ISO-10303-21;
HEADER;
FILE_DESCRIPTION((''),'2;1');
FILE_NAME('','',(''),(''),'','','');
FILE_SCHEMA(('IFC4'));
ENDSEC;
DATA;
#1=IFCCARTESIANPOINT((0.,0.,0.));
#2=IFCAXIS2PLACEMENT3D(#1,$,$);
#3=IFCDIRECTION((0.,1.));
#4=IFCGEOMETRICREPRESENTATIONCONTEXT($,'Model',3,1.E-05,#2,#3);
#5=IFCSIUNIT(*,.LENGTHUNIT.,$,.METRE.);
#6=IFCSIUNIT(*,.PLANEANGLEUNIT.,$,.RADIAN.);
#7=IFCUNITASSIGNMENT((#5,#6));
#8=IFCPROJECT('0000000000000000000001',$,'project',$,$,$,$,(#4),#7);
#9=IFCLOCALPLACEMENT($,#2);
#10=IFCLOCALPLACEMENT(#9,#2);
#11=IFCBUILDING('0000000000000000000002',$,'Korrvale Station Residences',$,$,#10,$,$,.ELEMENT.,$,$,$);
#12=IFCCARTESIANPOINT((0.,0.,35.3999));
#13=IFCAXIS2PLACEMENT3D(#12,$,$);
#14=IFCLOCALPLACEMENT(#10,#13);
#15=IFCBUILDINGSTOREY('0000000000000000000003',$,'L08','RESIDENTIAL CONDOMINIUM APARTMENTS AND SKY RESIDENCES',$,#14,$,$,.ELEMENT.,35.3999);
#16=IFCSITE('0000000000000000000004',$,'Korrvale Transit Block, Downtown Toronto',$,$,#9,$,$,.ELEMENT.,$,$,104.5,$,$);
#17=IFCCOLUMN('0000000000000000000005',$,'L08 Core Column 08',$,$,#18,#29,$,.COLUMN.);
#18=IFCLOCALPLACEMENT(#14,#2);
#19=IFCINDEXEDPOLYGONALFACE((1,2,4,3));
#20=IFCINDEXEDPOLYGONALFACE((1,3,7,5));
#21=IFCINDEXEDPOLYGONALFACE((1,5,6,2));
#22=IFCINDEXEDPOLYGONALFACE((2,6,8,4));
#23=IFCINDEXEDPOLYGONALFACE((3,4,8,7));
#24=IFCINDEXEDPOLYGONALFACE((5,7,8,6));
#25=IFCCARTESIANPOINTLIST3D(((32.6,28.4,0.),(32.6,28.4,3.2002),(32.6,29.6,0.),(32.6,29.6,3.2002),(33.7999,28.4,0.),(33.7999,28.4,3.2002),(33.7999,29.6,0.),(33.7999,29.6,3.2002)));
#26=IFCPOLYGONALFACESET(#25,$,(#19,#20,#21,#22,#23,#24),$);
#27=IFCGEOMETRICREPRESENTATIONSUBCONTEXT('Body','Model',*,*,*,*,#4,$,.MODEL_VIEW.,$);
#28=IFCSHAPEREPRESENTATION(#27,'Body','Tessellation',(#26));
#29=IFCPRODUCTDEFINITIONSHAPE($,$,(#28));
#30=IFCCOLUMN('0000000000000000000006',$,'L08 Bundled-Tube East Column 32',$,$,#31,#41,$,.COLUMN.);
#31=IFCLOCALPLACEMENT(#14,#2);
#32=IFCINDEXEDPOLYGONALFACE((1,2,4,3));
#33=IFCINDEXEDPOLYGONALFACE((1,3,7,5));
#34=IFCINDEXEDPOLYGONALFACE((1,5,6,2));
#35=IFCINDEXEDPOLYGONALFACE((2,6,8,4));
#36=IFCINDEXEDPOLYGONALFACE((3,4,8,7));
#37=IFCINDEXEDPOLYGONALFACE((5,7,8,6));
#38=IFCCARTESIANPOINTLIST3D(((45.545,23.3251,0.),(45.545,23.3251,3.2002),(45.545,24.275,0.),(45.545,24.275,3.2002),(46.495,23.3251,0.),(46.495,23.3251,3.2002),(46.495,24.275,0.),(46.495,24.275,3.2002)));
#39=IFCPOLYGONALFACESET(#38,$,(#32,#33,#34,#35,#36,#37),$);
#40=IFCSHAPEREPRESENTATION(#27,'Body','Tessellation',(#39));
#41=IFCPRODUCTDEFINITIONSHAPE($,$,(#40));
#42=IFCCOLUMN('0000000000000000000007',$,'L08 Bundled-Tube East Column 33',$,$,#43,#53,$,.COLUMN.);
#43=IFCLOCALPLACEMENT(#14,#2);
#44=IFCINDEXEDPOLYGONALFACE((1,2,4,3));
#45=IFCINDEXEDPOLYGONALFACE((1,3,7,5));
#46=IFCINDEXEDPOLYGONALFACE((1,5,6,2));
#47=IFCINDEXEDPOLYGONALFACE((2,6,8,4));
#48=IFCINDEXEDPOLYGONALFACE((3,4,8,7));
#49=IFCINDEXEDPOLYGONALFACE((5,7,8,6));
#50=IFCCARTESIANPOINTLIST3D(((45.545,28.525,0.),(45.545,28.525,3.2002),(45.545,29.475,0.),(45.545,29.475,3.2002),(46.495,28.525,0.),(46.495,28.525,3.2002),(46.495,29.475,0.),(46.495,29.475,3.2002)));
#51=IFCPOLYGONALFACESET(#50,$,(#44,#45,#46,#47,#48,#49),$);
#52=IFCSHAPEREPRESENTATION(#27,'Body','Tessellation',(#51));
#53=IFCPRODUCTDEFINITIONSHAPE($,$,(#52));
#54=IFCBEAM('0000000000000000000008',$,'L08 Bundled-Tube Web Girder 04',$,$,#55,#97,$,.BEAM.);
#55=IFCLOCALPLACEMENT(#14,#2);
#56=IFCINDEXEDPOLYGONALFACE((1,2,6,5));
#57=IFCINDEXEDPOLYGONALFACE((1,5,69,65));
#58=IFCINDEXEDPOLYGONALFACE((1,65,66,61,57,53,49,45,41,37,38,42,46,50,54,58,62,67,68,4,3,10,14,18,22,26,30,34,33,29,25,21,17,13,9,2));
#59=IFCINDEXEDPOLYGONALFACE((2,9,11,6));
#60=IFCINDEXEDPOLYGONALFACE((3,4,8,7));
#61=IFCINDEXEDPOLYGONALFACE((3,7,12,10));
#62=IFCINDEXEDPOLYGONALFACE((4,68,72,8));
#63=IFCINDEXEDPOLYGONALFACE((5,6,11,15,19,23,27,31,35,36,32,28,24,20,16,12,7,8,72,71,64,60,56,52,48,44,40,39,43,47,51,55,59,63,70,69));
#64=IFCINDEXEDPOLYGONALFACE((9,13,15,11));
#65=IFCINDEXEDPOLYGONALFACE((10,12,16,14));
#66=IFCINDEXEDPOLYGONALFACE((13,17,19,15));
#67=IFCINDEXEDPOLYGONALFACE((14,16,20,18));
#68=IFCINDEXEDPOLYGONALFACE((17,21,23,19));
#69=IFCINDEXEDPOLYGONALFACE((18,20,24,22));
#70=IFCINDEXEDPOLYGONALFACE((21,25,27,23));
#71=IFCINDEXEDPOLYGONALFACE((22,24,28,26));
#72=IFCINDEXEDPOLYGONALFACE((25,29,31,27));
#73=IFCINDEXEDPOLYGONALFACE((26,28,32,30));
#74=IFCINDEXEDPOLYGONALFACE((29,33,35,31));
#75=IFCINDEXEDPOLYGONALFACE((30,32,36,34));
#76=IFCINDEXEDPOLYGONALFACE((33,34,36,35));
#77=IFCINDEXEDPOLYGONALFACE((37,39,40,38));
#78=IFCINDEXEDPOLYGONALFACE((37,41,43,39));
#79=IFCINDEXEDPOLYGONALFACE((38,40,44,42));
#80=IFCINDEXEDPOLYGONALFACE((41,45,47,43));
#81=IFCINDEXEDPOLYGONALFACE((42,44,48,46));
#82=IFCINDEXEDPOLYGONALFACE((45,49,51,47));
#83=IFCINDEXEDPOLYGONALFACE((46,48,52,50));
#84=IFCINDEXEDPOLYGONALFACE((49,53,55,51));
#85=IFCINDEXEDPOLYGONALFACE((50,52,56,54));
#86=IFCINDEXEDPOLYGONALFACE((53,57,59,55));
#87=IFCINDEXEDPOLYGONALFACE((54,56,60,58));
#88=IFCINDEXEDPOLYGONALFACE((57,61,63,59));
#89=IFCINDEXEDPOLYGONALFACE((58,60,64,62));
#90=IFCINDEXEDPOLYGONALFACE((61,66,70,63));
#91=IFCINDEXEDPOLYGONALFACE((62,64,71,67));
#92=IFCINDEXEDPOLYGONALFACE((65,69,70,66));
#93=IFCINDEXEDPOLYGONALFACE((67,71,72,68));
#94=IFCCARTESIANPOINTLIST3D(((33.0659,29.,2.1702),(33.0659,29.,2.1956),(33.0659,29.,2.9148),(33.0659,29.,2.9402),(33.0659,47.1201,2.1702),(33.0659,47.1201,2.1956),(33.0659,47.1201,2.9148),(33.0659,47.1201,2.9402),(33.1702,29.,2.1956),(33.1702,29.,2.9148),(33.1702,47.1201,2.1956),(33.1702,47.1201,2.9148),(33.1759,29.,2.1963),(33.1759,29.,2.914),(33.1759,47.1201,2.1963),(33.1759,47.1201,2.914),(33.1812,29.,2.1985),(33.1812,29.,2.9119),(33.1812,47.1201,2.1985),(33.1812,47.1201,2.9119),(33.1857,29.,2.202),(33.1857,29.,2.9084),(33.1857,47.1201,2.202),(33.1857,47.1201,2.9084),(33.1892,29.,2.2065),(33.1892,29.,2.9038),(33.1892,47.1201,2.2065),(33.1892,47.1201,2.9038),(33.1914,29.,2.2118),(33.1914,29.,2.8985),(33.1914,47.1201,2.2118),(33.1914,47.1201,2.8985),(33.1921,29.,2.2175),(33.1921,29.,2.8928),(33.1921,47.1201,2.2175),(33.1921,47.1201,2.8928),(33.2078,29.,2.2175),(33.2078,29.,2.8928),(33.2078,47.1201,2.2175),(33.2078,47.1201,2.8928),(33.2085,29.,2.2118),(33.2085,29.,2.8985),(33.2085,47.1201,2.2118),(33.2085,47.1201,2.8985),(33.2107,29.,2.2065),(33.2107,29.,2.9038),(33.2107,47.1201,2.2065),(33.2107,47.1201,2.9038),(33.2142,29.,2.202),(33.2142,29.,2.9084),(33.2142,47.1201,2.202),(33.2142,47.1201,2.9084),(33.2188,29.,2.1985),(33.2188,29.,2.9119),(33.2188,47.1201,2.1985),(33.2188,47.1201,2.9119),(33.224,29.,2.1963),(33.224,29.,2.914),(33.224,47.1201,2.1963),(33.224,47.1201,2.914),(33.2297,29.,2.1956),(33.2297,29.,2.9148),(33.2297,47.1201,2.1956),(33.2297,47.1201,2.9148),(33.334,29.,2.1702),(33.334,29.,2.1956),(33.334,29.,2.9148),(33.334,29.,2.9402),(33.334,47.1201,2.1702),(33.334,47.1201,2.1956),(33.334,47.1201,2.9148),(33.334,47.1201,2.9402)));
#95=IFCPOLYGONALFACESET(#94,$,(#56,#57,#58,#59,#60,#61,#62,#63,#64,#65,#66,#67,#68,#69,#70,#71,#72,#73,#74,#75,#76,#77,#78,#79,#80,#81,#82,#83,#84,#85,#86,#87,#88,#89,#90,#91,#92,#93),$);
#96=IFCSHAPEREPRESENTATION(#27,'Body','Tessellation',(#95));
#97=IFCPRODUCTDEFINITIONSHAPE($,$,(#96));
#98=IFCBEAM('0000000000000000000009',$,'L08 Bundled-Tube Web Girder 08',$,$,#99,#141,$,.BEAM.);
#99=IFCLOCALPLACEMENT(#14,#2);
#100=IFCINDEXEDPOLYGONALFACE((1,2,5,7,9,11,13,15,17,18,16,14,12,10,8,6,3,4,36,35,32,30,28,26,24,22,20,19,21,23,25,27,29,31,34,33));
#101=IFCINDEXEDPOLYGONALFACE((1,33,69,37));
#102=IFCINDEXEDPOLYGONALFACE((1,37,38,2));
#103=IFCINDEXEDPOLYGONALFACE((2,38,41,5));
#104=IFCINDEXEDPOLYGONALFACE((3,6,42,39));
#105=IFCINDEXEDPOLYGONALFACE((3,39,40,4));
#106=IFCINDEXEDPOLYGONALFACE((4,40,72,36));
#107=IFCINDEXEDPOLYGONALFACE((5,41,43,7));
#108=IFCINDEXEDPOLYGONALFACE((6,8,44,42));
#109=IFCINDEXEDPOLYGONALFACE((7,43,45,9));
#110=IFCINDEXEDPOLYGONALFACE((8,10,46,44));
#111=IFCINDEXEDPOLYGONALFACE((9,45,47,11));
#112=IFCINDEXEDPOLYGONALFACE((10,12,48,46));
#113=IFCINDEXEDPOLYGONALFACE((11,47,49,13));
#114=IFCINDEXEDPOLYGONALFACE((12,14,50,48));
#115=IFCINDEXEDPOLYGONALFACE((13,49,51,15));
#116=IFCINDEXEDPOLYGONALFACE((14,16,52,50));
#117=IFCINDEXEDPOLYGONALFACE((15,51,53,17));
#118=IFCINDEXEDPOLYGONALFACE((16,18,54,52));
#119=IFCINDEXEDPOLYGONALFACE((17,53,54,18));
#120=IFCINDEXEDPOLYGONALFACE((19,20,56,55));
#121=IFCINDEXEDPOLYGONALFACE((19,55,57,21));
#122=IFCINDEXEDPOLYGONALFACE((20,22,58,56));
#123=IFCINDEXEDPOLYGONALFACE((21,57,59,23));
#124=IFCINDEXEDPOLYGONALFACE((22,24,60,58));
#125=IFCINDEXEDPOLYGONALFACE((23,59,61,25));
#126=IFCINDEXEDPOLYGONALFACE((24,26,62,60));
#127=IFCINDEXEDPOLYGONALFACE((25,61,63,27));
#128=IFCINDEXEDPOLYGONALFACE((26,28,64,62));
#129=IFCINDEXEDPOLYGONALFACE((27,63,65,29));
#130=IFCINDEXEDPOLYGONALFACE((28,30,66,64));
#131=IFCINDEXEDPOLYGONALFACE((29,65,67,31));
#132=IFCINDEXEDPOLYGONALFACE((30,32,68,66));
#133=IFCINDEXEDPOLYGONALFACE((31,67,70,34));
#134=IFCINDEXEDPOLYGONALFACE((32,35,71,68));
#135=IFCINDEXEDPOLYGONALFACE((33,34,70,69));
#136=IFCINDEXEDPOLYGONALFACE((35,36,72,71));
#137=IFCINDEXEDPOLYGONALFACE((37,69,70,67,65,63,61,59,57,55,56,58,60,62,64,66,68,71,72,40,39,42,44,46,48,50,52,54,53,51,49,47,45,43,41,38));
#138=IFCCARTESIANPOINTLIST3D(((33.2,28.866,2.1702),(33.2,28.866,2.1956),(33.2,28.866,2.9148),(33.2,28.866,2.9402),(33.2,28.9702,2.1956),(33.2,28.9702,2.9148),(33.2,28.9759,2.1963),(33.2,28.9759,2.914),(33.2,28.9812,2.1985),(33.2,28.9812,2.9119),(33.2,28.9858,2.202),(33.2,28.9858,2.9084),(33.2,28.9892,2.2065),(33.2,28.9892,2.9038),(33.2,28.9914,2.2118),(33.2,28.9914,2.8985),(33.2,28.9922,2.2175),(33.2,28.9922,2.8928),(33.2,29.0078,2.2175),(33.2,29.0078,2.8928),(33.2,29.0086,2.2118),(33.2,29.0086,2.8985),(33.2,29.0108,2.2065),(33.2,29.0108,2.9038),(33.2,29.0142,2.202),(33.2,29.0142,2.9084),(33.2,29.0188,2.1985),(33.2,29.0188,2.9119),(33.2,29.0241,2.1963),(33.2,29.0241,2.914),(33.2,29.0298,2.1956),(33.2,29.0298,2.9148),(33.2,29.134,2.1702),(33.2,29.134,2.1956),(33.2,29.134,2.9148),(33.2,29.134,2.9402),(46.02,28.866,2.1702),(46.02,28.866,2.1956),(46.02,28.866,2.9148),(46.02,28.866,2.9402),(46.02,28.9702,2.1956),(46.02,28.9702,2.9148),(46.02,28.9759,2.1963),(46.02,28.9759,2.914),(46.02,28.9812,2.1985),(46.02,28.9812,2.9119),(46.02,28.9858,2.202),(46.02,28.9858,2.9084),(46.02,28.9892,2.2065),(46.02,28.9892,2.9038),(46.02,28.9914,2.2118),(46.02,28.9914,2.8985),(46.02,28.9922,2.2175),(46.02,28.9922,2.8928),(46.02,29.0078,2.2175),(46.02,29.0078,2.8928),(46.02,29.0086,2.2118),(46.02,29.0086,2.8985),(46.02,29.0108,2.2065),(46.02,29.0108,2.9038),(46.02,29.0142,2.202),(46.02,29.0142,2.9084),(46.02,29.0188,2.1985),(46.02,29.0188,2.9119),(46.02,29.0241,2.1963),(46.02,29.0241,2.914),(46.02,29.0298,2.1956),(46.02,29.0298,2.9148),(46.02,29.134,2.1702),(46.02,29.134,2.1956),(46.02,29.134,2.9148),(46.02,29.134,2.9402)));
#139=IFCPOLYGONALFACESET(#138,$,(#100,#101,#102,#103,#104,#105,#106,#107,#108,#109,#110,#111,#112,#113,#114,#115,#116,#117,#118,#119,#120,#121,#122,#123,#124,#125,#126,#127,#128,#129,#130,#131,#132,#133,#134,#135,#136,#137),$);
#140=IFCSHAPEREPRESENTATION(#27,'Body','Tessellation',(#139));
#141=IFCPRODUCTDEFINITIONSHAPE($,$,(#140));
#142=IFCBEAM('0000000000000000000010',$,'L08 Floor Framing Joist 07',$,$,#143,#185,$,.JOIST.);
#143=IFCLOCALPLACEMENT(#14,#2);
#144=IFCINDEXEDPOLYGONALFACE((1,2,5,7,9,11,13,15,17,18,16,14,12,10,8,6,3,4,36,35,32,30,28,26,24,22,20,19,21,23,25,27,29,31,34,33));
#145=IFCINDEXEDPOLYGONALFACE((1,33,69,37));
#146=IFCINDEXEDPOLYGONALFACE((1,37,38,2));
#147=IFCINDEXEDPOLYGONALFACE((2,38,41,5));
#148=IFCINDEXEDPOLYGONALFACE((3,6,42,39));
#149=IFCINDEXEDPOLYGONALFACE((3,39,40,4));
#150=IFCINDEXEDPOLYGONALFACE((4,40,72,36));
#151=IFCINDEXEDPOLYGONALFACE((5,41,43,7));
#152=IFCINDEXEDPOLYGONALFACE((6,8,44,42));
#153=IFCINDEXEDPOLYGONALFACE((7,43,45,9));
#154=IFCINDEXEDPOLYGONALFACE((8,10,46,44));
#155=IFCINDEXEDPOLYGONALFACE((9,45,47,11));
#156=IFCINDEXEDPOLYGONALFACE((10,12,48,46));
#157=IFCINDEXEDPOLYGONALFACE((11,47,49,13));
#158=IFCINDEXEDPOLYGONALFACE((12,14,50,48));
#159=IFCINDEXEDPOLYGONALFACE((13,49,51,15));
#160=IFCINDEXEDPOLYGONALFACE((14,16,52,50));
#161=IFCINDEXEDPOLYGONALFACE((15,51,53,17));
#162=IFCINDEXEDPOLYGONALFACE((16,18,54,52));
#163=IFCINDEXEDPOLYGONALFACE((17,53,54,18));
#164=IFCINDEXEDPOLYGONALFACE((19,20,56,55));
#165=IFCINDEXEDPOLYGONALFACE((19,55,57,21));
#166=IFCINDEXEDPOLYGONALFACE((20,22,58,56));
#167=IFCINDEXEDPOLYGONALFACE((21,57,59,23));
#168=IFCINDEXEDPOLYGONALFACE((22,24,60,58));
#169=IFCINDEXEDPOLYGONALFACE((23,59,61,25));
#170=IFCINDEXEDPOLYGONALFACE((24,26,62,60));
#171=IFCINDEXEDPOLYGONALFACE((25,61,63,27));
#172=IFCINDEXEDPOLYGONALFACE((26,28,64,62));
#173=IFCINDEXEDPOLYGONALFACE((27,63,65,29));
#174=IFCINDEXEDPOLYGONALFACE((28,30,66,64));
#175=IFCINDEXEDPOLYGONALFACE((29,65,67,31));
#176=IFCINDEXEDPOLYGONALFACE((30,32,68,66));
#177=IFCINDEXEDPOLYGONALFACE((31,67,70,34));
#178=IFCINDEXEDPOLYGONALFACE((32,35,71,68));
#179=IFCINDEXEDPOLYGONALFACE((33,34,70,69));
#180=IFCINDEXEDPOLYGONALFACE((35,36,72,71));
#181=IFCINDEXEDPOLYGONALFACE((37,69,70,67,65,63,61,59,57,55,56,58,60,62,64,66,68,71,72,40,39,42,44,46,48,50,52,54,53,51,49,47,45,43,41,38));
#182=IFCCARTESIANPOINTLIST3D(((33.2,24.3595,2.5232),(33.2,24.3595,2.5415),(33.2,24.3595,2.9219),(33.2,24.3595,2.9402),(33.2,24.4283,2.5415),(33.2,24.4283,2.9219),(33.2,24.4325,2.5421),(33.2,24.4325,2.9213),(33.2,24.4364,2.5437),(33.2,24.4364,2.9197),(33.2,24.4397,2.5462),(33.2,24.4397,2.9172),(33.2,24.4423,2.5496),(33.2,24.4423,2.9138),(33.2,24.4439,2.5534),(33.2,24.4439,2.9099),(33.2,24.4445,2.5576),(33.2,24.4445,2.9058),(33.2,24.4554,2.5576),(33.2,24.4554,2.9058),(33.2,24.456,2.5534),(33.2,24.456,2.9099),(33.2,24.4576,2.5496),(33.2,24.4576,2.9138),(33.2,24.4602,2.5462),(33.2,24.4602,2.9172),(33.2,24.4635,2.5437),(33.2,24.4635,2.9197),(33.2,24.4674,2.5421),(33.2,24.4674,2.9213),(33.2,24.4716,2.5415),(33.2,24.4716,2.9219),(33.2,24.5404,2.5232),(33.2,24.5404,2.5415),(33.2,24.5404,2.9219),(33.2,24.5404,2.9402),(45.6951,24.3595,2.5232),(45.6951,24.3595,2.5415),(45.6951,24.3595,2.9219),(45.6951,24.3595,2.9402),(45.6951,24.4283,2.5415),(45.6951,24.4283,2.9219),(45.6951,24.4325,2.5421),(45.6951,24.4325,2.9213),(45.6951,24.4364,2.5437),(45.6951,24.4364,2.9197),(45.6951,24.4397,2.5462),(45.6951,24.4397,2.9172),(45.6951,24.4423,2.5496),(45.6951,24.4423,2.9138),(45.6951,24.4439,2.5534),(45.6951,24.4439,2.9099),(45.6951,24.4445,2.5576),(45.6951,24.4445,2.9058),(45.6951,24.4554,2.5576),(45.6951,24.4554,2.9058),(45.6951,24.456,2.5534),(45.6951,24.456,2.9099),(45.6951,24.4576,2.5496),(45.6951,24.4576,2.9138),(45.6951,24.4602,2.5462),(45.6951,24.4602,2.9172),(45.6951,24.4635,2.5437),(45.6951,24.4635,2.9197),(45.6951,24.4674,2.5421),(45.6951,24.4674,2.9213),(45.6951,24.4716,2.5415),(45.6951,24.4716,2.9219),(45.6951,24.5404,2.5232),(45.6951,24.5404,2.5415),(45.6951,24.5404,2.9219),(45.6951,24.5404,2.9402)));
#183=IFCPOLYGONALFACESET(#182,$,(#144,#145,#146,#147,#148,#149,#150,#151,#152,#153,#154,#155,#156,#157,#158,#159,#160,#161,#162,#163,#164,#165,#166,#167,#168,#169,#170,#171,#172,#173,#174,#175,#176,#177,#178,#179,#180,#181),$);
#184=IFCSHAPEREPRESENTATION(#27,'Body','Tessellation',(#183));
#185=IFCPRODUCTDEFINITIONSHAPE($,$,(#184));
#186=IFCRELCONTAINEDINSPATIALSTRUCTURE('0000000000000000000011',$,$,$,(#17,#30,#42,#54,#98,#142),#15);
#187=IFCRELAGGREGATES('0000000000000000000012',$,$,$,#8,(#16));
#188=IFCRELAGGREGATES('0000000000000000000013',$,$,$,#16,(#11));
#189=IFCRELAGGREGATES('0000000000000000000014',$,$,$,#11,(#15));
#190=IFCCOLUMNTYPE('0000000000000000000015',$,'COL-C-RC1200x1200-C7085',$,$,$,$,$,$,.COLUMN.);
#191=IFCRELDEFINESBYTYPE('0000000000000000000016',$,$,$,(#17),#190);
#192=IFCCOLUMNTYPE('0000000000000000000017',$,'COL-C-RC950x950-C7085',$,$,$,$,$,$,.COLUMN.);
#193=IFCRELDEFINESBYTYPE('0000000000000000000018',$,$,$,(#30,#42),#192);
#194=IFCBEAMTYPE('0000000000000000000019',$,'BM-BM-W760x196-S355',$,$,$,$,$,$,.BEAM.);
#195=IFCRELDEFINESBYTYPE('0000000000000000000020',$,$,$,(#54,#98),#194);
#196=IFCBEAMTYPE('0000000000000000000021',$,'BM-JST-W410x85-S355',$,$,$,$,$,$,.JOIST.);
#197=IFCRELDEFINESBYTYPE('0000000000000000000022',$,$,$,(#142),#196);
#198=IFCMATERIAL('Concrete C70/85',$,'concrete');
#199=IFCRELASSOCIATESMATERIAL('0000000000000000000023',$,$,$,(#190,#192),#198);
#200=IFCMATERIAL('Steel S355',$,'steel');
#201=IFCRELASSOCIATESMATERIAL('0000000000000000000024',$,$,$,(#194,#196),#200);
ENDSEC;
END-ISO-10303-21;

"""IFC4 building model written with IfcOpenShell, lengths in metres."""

from ifc_helpers import new_model, si_unit, direction, frame, origin, origin_2d, place, context, subcontext, project, spatial, rectangle, i_section, extrude, material, material_profile, profile_set, type_object, element, save


model = new_model("IFC4")

# Units and contexts
model_context = context("Model", 3, precision=1e-05, world=origin(), true_north=direction((0.0, 1.0)))
body_context = subcontext(model_context, "Body", "Model", "MODEL_VIEW")
ifc_project = project(units=[si_unit("LENGTHUNIT", "METRE"), si_unit("PLANEANGLEUNIT", "RADIAN")], contexts=[model_context])

# Site, building, storey
site_placement = place(None, origin())
site = spatial("IfcSite", under=ifc_project, at=site_placement, Name="Korrvale Transit Block, Downtown Toronto", CompositionType="ELEMENT", RefElevation=104.5)
building_placement = place(site_placement, origin())
building = spatial("IfcBuilding", under=site, at=building_placement, Name="Korrvale Station Residences", CompositionType="ELEMENT")
storey_placement = place(building_placement, frame((0.0, 0.0, 35.3999)))
storey = spatial("IfcBuildingStorey", under=building, at=storey_placement, Name="L08", Description="RESIDENTIAL CONDOMINIUM APARTMENTS AND SKY RESIDENCES", CompositionType="ELEMENT", Elevation=35.3999)

# Columns
ifc_material_1 = material(Name="Concrete C70/85", Category="concrete")
ifc_material_profile_1 = material_profile(ifc_material_1, rectangle(XDim=1.2, YDim=1.2, at=origin_2d()), Name="RC1200x1200")
ifc_profile_set_1 = profile_set([ifc_material_profile_1], Name="Concrete C70/85")
column_type_1 = type_object("IfcColumnType", Name="COL-C-RC1200x1200-C7085", PredefinedType="COLUMN", material=ifc_profile_set_1)
column_placement = place(storey_placement, frame((33.2, 29.0, 0.0), z_axis=(0.0, 0.0, 1.0), x_axis=(1.0, 0.0, 0.0)))
element("IfcColumn", 1, at=column_placement, inside=storey, type_object=column_type_1, Name="L08 Core Column 08", PredefinedType="COLUMN", context=body_context, shape_type="SweptSolid", body=[
    extrude(rectangle(XDim=1.2, YDim=1.2, at=origin_2d()), origin(), (0.0, 0.0, 1.0), 3.2002),
])
ifc_material_profile_2 = material_profile(ifc_material_1, rectangle(XDim=0.95, YDim=0.95, at=origin_2d()), Name="RC950x950")
ifc_profile_set_2 = profile_set([ifc_material_profile_2], Name="Concrete C70/85")
column_type_2 = type_object("IfcColumnType", Name="COL-C-RC950x950-C7085", PredefinedType="COLUMN", material=ifc_profile_set_2)
for number, where, z_axis, x_axis, name in (
    (2, (46.02, 23.8, 0.0), (0.0, 0.0, 1.0), (1.0, 0.0, 0.0), "L08 Bundled-Tube East Column 32"),
    (3, (46.02, 29.0, 0.0), (0.0, 0.0, 1.0), (1.0, 0.0, 0.0), "L08 Bundled-Tube East Column 33"),
):
    element("IfcColumn", number, at=place(storey_placement, frame(where, z_axis=z_axis, x_axis=x_axis)), inside=storey, type_object=column_type_2, Name=name, PredefinedType="COLUMN", context=body_context, shape_type="SweptSolid", body=[
        extrude(rectangle(XDim=0.95, YDim=0.95, at=origin_2d()), origin(), (0.0, 0.0, 1.0), 3.2002),
    ])

# Beams
ifc_material_2 = material(Name="Steel S355", Category="steel")
ifc_material_profile_3 = material_profile(ifc_material_2, i_section(OverallWidth=0.2681, OverallDepth=0.77, WebThickness=0.0156, FlangeThickness=0.0254, FilletRadius=0.022, at=origin_2d()), Name="W760x196")
ifc_profile_set_3 = profile_set([ifc_material_profile_3], Name="Steel S355")
beam_type_1 = type_object("IfcBeamType", Name="BM-BM-W760x196-S355", PredefinedType="BEAM", material=ifc_profile_set_3)
beam_1_placement = place(storey_placement, frame((33.2, 29.0, 2.5552), z_axis=(0.0, 1.0, 0.0), x_axis=(-1.0, 0.0, 0.0)))
element("IfcBeam", 4, at=beam_1_placement, inside=storey, type_object=beam_type_1, Name="L08 Bundled-Tube Web Girder 04", PredefinedType="BEAM", context=body_context, shape_type="SweptSolid", body=[
    extrude(i_section(OverallWidth=0.2681, OverallDepth=0.77, WebThickness=0.0156, FlangeThickness=0.0254, FilletRadius=0.022, at=origin_2d()), origin(), (0.0, 0.0, 1.0), 18.1201),
])
beam_2_placement = place(storey_placement, frame((33.2, 29.0, 2.5552), z_axis=(1.0, 0.0, 0.0), x_axis=(0.0, 1.0, 0.0)))
element("IfcBeam", 5, at=beam_2_placement, inside=storey, type_object=beam_type_1, Name="L08 Bundled-Tube Web Girder 08", PredefinedType="BEAM", context=body_context, shape_type="SweptSolid", body=[
    extrude(i_section(OverallWidth=0.2681, OverallDepth=0.77, WebThickness=0.0156, FlangeThickness=0.0254, FilletRadius=0.022, at=origin_2d()), origin(), (0.0, 0.0, 1.0), 12.8201),
])
ifc_material_profile_4 = material_profile(ifc_material_2, i_section(OverallWidth=0.1809, OverallDepth=0.417, WebThickness=0.011, FlangeThickness=0.0183, FilletRadius=0.0161, at=origin_2d()), Name="W410x85")
ifc_profile_set_4 = profile_set([ifc_material_profile_4], Name="Steel S355")
beam_type_2 = type_object("IfcBeamType", Name="BM-JST-W410x85-S355", PredefinedType="JOIST", material=ifc_profile_set_4)
beam_3_placement = place(storey_placement, frame((33.2, 24.45, 2.7317), z_axis=(1.0, 0.0, 0.0), x_axis=(0.0, 1.0, 0.0)))
element("IfcBeam", 6, at=beam_3_placement, inside=storey, type_object=beam_type_2, Name="L08 Floor Framing Joist 07", PredefinedType="JOIST", context=body_context, shape_type="SweptSolid", body=[
    extrude(i_section(OverallWidth=0.1809, OverallDepth=0.417, WebThickness=0.011, FlangeThickness=0.0183, FilletRadius=0.0161, at=origin_2d()), origin(), (0.0, 0.0, 1.0), 12.4951),
])

save(model, "model.ifc")
